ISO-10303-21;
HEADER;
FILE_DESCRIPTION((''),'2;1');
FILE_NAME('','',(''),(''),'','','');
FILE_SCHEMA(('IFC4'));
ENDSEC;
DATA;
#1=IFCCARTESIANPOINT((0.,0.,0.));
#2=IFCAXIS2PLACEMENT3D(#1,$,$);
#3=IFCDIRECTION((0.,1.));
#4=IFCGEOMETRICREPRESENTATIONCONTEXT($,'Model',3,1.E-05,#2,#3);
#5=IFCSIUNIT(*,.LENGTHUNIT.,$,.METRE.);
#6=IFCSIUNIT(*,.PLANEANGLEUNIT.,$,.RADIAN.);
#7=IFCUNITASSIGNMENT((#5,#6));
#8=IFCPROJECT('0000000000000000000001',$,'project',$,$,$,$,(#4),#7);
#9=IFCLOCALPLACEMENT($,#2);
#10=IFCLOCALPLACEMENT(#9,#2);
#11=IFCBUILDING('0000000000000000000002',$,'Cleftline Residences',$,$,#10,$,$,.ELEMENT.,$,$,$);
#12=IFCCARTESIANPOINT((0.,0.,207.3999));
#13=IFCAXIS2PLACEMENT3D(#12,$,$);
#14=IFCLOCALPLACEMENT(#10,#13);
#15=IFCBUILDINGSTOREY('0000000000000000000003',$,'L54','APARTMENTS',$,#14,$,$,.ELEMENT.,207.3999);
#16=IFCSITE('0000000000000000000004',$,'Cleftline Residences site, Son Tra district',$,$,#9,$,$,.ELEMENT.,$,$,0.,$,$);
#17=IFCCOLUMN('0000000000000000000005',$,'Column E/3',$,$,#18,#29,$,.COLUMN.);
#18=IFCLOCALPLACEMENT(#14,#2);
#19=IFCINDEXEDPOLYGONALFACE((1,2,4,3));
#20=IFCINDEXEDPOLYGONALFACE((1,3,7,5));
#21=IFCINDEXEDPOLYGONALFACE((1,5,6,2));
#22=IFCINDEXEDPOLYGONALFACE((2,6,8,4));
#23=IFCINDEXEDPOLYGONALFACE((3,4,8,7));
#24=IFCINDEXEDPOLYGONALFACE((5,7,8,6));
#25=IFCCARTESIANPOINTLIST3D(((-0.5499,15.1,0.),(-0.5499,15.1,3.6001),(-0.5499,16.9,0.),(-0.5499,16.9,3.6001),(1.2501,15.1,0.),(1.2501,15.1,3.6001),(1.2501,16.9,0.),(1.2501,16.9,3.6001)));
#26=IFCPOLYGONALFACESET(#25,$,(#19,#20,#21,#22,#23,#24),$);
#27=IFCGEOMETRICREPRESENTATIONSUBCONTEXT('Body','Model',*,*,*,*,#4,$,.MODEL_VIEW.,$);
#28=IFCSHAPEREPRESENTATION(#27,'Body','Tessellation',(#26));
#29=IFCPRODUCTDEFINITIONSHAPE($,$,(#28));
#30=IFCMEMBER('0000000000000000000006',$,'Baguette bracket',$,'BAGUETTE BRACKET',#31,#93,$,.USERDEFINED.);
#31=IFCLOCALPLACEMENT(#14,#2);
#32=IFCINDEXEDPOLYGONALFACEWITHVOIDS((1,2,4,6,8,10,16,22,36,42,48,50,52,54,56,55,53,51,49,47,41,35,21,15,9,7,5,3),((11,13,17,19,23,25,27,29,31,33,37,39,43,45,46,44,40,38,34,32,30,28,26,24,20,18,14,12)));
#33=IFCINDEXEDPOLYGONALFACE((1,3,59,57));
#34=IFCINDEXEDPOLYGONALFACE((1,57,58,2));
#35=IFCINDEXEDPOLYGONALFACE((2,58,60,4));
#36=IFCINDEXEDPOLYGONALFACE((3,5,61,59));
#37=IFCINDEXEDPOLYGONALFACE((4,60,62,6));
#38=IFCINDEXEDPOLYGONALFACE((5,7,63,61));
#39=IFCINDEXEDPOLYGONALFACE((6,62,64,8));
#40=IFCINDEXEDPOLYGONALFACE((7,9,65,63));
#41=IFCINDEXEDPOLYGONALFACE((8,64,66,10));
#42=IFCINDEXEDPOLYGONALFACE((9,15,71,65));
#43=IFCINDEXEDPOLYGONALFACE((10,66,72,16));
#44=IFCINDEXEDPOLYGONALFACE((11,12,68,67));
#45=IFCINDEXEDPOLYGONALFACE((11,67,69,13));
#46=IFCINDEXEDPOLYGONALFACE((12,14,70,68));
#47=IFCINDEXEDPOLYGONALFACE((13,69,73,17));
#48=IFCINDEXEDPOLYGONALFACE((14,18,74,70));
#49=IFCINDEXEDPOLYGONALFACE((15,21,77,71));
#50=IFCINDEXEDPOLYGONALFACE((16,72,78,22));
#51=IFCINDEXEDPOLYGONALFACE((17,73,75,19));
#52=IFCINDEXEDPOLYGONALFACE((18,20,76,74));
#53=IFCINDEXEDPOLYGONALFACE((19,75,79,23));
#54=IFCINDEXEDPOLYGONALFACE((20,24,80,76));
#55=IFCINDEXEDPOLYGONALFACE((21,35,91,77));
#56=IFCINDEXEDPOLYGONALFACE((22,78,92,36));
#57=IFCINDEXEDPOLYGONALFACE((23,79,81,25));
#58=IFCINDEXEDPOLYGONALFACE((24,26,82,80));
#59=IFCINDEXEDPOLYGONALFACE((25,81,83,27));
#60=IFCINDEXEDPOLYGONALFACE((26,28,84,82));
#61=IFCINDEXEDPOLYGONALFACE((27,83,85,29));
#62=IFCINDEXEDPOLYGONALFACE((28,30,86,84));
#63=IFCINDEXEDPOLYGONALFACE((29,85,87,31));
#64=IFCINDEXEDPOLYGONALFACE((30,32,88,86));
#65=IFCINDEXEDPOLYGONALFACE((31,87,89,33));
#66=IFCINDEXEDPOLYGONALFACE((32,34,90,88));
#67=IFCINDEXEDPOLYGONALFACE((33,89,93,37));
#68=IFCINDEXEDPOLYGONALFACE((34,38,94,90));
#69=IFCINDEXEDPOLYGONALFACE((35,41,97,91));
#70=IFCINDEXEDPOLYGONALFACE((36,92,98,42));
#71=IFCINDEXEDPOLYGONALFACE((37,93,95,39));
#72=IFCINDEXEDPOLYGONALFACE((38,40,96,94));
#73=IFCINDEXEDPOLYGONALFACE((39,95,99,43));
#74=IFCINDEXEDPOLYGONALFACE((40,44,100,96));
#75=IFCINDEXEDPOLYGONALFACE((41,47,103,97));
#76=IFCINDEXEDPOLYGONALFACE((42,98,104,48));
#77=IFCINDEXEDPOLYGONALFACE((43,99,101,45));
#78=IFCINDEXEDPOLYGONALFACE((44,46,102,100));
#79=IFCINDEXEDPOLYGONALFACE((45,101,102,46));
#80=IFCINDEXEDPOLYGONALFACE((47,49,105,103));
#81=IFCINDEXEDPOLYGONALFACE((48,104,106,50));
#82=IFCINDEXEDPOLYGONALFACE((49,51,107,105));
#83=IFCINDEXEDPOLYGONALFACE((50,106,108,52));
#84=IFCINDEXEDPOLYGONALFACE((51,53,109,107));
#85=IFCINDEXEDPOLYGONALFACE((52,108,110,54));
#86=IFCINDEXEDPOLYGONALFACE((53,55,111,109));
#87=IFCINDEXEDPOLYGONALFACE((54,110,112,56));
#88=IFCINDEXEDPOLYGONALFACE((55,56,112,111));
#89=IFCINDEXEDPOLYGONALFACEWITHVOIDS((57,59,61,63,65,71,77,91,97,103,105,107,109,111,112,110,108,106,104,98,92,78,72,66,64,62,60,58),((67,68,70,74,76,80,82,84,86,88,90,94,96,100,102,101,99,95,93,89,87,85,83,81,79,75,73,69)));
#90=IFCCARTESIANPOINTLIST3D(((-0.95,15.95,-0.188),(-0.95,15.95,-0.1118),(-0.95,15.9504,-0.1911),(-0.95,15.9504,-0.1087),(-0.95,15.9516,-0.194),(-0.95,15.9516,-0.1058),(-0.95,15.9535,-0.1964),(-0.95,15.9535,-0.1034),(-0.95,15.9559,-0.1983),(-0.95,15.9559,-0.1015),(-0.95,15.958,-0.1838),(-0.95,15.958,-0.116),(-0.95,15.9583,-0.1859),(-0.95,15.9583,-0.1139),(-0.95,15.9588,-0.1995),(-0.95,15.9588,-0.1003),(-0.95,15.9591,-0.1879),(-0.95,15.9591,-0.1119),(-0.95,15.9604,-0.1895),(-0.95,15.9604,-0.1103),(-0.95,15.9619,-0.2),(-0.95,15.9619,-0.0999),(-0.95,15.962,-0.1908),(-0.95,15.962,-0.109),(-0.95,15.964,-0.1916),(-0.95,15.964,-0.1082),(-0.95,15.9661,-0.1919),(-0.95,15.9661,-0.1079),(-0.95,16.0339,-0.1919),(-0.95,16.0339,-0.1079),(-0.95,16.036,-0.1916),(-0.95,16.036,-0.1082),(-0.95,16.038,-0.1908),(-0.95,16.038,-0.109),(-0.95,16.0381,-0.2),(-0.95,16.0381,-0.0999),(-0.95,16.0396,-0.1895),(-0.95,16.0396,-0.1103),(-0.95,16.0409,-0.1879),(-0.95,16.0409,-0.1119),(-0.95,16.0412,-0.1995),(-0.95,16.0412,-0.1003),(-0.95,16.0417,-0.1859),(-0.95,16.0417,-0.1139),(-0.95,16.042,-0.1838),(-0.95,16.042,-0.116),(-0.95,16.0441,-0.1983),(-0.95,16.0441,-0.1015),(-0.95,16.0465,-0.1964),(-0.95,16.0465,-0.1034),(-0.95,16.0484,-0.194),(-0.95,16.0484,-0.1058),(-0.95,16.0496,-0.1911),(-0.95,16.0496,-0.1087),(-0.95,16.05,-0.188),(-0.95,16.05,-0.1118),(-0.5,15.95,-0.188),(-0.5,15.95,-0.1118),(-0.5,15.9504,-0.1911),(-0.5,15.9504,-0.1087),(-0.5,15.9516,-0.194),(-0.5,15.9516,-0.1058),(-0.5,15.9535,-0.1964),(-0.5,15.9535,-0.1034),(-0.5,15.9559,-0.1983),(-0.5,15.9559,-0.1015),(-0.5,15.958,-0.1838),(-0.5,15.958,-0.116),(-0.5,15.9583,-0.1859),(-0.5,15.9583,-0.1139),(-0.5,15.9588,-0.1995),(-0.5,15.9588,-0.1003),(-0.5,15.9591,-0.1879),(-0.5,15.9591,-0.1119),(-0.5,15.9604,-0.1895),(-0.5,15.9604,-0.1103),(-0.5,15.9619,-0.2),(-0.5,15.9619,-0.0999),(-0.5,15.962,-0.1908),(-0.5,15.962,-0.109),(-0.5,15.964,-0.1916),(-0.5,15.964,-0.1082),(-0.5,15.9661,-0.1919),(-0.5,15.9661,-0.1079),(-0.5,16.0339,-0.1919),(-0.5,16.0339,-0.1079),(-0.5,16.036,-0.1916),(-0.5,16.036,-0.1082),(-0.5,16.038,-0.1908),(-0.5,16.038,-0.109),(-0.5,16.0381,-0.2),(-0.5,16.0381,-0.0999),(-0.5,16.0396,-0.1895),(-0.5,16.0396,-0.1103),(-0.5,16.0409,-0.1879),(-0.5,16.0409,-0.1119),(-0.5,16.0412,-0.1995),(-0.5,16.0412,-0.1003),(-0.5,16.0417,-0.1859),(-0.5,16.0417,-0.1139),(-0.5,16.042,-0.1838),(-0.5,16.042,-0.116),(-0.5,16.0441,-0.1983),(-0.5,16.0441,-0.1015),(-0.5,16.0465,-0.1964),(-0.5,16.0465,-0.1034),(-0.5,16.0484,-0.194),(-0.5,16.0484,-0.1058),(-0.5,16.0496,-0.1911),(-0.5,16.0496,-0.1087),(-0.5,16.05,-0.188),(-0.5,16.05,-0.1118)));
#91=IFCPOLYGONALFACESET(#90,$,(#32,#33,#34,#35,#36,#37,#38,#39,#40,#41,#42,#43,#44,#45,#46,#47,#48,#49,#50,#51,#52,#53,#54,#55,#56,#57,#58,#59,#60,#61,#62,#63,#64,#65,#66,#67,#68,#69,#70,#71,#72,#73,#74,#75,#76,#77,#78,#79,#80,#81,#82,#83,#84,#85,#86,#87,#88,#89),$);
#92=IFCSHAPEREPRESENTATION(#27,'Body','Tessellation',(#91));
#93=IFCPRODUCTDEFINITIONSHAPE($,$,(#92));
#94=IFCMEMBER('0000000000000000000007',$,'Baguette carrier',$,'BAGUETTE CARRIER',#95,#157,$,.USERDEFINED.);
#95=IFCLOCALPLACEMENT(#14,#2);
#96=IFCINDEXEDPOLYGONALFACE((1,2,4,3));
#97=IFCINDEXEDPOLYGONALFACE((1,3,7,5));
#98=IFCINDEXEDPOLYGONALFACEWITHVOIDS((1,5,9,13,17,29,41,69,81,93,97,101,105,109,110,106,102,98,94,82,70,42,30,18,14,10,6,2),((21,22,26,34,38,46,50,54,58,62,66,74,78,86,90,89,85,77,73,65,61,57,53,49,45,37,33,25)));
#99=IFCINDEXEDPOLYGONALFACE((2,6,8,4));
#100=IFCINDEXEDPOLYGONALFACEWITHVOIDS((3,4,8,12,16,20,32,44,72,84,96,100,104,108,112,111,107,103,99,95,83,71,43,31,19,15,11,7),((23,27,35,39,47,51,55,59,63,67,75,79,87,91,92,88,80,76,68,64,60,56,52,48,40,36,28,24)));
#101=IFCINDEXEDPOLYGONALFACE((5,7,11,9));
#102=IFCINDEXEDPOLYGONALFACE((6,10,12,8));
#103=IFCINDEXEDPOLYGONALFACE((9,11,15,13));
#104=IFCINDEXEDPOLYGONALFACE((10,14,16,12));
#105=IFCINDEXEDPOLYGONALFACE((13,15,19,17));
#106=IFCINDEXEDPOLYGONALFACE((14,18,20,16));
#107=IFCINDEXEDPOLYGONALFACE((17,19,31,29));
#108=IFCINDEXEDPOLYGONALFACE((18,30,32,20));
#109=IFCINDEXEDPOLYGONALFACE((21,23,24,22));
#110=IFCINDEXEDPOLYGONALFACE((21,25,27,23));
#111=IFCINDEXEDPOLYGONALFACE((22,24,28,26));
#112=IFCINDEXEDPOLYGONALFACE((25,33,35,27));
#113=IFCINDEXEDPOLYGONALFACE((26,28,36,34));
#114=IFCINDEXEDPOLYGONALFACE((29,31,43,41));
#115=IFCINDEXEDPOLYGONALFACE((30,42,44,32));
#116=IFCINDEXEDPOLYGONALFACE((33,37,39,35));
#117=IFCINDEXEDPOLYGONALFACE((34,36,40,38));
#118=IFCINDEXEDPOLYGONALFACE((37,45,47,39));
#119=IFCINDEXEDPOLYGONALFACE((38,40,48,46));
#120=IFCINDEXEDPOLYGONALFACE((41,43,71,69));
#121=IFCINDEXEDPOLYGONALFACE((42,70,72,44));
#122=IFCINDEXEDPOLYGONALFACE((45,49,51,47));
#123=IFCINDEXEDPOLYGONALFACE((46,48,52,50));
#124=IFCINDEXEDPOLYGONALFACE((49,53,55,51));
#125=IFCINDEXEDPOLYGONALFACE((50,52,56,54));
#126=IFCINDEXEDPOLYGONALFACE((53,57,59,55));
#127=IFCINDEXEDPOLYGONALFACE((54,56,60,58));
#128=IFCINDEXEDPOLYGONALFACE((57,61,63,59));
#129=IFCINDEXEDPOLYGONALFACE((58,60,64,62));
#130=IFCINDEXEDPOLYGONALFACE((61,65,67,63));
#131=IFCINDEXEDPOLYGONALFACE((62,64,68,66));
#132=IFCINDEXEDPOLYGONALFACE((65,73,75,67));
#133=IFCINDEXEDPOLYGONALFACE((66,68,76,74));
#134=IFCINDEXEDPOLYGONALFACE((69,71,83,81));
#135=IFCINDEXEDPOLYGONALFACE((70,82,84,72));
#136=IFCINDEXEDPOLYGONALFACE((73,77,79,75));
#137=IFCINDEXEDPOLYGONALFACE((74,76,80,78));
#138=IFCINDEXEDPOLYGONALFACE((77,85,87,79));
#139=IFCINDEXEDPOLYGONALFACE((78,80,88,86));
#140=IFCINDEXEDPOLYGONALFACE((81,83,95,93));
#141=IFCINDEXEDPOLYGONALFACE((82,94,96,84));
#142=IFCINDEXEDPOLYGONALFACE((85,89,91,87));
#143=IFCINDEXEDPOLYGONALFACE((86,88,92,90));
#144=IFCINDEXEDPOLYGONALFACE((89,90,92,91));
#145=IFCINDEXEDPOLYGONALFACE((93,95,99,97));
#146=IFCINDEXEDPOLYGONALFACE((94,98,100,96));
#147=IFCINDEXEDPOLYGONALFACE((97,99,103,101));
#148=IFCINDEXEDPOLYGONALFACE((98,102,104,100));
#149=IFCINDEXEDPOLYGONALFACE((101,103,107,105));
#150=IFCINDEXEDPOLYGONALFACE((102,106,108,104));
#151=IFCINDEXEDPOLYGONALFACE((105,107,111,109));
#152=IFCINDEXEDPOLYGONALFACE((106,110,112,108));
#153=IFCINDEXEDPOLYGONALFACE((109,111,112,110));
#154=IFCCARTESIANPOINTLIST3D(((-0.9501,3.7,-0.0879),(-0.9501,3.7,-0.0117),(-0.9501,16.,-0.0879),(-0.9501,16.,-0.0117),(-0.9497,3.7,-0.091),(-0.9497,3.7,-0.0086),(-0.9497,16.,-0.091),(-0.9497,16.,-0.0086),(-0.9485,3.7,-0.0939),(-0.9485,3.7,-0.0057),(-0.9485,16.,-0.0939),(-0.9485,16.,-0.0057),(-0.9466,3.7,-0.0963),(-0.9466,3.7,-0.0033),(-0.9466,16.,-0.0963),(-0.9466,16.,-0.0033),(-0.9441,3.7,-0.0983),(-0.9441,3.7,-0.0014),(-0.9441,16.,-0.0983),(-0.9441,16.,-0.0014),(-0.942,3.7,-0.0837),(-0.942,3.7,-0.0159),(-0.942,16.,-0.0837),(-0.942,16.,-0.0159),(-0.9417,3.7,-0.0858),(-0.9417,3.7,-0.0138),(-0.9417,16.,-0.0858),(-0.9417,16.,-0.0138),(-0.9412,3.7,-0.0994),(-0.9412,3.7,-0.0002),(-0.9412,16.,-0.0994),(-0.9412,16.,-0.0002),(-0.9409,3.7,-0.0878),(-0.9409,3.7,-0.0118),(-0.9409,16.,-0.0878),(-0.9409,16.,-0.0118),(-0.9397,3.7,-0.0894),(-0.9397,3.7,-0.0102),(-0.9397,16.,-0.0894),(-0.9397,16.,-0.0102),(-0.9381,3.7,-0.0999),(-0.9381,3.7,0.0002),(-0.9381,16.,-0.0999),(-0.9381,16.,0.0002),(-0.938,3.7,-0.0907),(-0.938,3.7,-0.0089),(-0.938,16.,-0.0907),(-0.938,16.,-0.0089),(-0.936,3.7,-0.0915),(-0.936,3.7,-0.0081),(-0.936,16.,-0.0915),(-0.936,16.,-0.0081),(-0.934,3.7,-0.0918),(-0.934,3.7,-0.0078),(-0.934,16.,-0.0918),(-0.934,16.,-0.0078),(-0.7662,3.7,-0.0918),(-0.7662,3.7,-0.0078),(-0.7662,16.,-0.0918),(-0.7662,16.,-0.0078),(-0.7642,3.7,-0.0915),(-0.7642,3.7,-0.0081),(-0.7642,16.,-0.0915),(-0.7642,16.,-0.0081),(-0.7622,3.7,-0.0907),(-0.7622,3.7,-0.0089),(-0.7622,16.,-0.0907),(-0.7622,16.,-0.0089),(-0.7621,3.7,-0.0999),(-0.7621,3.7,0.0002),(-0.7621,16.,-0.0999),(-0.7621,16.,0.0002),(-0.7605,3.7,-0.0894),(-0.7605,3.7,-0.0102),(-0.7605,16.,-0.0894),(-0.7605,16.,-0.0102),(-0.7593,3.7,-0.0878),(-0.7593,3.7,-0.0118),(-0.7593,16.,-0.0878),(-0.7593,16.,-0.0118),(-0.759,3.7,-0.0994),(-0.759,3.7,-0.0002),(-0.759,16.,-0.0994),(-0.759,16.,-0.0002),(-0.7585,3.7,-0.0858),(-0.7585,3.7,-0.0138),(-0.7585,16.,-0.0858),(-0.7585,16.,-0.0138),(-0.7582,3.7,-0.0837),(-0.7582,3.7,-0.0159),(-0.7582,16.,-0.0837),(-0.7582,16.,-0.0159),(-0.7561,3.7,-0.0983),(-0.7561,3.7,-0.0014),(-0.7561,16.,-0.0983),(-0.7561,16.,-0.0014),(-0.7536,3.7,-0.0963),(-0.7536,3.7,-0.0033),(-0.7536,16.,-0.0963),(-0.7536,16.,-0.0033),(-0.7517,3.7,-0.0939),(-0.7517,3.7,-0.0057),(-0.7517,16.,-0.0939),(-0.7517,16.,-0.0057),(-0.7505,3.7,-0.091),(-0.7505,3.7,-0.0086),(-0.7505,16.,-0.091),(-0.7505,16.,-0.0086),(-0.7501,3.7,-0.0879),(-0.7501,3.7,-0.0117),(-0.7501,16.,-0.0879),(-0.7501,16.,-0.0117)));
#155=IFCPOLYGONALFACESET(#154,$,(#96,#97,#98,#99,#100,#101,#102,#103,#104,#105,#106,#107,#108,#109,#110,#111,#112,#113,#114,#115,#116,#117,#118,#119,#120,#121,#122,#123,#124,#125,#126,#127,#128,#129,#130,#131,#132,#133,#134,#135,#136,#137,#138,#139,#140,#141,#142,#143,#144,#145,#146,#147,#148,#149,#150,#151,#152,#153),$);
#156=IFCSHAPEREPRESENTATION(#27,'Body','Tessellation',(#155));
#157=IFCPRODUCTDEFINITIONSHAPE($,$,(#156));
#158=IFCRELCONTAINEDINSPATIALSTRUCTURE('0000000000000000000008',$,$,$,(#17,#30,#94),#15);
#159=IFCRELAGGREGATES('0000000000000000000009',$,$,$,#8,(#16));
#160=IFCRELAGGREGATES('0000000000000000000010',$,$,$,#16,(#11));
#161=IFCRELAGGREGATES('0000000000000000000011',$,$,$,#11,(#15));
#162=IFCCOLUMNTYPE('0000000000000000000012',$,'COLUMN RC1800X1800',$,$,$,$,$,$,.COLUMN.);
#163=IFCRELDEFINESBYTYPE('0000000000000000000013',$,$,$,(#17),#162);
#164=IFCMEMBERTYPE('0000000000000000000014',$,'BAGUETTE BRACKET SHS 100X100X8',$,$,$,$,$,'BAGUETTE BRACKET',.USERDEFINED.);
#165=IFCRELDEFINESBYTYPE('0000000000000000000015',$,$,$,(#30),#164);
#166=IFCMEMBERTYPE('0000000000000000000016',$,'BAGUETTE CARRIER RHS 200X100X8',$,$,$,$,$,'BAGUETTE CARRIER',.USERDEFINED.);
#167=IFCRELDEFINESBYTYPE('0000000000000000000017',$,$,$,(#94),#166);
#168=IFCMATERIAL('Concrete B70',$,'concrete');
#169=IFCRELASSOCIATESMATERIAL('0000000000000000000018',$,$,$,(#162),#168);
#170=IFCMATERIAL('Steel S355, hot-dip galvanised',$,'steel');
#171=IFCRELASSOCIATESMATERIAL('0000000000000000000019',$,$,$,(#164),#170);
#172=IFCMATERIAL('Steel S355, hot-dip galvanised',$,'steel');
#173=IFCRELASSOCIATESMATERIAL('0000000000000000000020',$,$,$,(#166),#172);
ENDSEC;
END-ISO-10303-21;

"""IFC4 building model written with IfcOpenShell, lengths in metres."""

from ifc_helpers import new_model, si_unit, direction, frame, origin, origin_2d, place, context, subcontext, project, spatial, rectangle, hollow_rectangle, extrude, material, material_profile, profile_set, type_object, element, save


model = new_model("IFC4")

# Units and contexts
model_context = context("Model", 3, precision=1e-05, world=origin(), true_north=direction((0.0, 1.0)))
body_context = subcontext(model_context, "Body", "Model", "MODEL_VIEW")
ifc_project = project(units=[si_unit("LENGTHUNIT", "METRE"), si_unit("PLANEANGLEUNIT", "RADIAN")], contexts=[model_context])

# Site, building, storey
site_placement = place(None, origin())
site = spatial("IfcSite", under=ifc_project, at=site_placement, Name="Cleftline Residences site, Son Tra district", CompositionType="ELEMENT", RefElevation=0.0)
building_placement = place(site_placement, origin())
building = spatial("IfcBuilding", under=site, at=building_placement, Name="Cleftline Residences", CompositionType="ELEMENT")
storey_placement = place(building_placement, frame((0.0, 0.0, 207.3999)))
storey = spatial("IfcBuildingStorey", under=building, at=storey_placement, Name="L54", Description="APARTMENTS", CompositionType="ELEMENT", Elevation=207.3999)

# Column
ifc_material_1 = material(Name="Concrete B70", Category="concrete")
ifc_material_profile_1 = material_profile(ifc_material_1, rectangle(XDim=1.8, YDim=1.8, at=origin_2d()))
ifc_profile_set_1 = profile_set([ifc_material_profile_1], Name="Concrete B70")
column_type = type_object("IfcColumnType", Name="COLUMN RC1800X1800", PredefinedType="COLUMN", material=ifc_profile_set_1)
column_placement = place(storey_placement, frame((0.3501, 16.0, 0.0), z_axis=(0.0, 0.0, 1.0), x_axis=(1.0, 0.0, 0.0)))
element("IfcColumn", 1, at=column_placement, inside=storey, type_object=column_type, Name="Column E/3", PredefinedType="COLUMN", context=body_context, shape_type="SweptSolid", body=[
    extrude(rectangle(XDim=1.8, YDim=1.8, at=origin_2d()), origin(), (0.0, 0.0, 1.0), 3.6001),
])

# Members
ifc_material_2 = material(Name="Steel S355, hot-dip galvanised", Category="steel")
ifc_material_profile_2 = material_profile(ifc_material_2, hollow_rectangle(XDim=0.1001, YDim=0.1001, WallThickness=0.0081, InnerFilletRadius=0.0081, OuterFilletRadius=0.012, at=origin_2d()))
ifc_profile_set_2 = profile_set([ifc_material_profile_2], Name="Steel S355, hot-dip galvanised")
member_type_1 = type_object("IfcMemberType", Name="BAGUETTE BRACKET SHS 100X100X8", ElementType="BAGUETTE BRACKET", PredefinedType="USERDEFINED", material=ifc_profile_set_2)
member_1_placement = place(storey_placement, frame((-0.5, 16.0, -0.1499), z_axis=(-1.0, 0.0, 0.0), x_axis=(0.0, -1.0, 0.0)))
element("IfcMember", 2, at=member_1_placement, inside=storey, type_object=member_type_1, Name="Baguette bracket", ObjectType="BAGUETTE BRACKET", PredefinedType="USERDEFINED", context=body_context, shape_type="SweptSolid", body=[
    extrude(hollow_rectangle(XDim=0.1001, YDim=0.1001, WallThickness=0.0081, InnerFilletRadius=0.0081, OuterFilletRadius=0.012, at=origin_2d()), origin(), (0.0, 0.0, 1.0), 0.45),
])
ifc_material_3 = material(Name="Steel S355, hot-dip galvanised", Category="steel")
ifc_material_profile_3 = material_profile(ifc_material_3, hollow_rectangle(XDim=0.1001, YDim=0.2, WallThickness=0.0081, InnerFilletRadius=0.0081, OuterFilletRadius=0.012, at=origin_2d()))
ifc_profile_set_3 = profile_set([ifc_material_profile_3], Name="Steel S355, hot-dip galvanised")
member_type_2 = type_object("IfcMemberType", Name="BAGUETTE CARRIER RHS 200X100X8", ElementType="BAGUETTE CARRIER", PredefinedType="USERDEFINED", material=ifc_profile_set_3)
member_2_placement = place(storey_placement, frame((-0.8501, 16.0, -0.0498), z_axis=(0.0, -1.0, 0.0), x_axis=(0.0, 0.0, 1.0)))
element("IfcMember", 3, at=member_2_placement, inside=storey, type_object=member_type_2, Name="Baguette carrier", ObjectType="BAGUETTE CARRIER", PredefinedType="USERDEFINED", context=body_context, shape_type="SweptSolid", body=[
    extrude(hollow_rectangle(XDim=0.1001, YDim=0.2, WallThickness=0.0081, InnerFilletRadius=0.0081, OuterFilletRadius=0.012, at=origin_2d()), origin(), (0.0, 0.0, 1.0), 12.3),
])

save(model, "model.ifc")
